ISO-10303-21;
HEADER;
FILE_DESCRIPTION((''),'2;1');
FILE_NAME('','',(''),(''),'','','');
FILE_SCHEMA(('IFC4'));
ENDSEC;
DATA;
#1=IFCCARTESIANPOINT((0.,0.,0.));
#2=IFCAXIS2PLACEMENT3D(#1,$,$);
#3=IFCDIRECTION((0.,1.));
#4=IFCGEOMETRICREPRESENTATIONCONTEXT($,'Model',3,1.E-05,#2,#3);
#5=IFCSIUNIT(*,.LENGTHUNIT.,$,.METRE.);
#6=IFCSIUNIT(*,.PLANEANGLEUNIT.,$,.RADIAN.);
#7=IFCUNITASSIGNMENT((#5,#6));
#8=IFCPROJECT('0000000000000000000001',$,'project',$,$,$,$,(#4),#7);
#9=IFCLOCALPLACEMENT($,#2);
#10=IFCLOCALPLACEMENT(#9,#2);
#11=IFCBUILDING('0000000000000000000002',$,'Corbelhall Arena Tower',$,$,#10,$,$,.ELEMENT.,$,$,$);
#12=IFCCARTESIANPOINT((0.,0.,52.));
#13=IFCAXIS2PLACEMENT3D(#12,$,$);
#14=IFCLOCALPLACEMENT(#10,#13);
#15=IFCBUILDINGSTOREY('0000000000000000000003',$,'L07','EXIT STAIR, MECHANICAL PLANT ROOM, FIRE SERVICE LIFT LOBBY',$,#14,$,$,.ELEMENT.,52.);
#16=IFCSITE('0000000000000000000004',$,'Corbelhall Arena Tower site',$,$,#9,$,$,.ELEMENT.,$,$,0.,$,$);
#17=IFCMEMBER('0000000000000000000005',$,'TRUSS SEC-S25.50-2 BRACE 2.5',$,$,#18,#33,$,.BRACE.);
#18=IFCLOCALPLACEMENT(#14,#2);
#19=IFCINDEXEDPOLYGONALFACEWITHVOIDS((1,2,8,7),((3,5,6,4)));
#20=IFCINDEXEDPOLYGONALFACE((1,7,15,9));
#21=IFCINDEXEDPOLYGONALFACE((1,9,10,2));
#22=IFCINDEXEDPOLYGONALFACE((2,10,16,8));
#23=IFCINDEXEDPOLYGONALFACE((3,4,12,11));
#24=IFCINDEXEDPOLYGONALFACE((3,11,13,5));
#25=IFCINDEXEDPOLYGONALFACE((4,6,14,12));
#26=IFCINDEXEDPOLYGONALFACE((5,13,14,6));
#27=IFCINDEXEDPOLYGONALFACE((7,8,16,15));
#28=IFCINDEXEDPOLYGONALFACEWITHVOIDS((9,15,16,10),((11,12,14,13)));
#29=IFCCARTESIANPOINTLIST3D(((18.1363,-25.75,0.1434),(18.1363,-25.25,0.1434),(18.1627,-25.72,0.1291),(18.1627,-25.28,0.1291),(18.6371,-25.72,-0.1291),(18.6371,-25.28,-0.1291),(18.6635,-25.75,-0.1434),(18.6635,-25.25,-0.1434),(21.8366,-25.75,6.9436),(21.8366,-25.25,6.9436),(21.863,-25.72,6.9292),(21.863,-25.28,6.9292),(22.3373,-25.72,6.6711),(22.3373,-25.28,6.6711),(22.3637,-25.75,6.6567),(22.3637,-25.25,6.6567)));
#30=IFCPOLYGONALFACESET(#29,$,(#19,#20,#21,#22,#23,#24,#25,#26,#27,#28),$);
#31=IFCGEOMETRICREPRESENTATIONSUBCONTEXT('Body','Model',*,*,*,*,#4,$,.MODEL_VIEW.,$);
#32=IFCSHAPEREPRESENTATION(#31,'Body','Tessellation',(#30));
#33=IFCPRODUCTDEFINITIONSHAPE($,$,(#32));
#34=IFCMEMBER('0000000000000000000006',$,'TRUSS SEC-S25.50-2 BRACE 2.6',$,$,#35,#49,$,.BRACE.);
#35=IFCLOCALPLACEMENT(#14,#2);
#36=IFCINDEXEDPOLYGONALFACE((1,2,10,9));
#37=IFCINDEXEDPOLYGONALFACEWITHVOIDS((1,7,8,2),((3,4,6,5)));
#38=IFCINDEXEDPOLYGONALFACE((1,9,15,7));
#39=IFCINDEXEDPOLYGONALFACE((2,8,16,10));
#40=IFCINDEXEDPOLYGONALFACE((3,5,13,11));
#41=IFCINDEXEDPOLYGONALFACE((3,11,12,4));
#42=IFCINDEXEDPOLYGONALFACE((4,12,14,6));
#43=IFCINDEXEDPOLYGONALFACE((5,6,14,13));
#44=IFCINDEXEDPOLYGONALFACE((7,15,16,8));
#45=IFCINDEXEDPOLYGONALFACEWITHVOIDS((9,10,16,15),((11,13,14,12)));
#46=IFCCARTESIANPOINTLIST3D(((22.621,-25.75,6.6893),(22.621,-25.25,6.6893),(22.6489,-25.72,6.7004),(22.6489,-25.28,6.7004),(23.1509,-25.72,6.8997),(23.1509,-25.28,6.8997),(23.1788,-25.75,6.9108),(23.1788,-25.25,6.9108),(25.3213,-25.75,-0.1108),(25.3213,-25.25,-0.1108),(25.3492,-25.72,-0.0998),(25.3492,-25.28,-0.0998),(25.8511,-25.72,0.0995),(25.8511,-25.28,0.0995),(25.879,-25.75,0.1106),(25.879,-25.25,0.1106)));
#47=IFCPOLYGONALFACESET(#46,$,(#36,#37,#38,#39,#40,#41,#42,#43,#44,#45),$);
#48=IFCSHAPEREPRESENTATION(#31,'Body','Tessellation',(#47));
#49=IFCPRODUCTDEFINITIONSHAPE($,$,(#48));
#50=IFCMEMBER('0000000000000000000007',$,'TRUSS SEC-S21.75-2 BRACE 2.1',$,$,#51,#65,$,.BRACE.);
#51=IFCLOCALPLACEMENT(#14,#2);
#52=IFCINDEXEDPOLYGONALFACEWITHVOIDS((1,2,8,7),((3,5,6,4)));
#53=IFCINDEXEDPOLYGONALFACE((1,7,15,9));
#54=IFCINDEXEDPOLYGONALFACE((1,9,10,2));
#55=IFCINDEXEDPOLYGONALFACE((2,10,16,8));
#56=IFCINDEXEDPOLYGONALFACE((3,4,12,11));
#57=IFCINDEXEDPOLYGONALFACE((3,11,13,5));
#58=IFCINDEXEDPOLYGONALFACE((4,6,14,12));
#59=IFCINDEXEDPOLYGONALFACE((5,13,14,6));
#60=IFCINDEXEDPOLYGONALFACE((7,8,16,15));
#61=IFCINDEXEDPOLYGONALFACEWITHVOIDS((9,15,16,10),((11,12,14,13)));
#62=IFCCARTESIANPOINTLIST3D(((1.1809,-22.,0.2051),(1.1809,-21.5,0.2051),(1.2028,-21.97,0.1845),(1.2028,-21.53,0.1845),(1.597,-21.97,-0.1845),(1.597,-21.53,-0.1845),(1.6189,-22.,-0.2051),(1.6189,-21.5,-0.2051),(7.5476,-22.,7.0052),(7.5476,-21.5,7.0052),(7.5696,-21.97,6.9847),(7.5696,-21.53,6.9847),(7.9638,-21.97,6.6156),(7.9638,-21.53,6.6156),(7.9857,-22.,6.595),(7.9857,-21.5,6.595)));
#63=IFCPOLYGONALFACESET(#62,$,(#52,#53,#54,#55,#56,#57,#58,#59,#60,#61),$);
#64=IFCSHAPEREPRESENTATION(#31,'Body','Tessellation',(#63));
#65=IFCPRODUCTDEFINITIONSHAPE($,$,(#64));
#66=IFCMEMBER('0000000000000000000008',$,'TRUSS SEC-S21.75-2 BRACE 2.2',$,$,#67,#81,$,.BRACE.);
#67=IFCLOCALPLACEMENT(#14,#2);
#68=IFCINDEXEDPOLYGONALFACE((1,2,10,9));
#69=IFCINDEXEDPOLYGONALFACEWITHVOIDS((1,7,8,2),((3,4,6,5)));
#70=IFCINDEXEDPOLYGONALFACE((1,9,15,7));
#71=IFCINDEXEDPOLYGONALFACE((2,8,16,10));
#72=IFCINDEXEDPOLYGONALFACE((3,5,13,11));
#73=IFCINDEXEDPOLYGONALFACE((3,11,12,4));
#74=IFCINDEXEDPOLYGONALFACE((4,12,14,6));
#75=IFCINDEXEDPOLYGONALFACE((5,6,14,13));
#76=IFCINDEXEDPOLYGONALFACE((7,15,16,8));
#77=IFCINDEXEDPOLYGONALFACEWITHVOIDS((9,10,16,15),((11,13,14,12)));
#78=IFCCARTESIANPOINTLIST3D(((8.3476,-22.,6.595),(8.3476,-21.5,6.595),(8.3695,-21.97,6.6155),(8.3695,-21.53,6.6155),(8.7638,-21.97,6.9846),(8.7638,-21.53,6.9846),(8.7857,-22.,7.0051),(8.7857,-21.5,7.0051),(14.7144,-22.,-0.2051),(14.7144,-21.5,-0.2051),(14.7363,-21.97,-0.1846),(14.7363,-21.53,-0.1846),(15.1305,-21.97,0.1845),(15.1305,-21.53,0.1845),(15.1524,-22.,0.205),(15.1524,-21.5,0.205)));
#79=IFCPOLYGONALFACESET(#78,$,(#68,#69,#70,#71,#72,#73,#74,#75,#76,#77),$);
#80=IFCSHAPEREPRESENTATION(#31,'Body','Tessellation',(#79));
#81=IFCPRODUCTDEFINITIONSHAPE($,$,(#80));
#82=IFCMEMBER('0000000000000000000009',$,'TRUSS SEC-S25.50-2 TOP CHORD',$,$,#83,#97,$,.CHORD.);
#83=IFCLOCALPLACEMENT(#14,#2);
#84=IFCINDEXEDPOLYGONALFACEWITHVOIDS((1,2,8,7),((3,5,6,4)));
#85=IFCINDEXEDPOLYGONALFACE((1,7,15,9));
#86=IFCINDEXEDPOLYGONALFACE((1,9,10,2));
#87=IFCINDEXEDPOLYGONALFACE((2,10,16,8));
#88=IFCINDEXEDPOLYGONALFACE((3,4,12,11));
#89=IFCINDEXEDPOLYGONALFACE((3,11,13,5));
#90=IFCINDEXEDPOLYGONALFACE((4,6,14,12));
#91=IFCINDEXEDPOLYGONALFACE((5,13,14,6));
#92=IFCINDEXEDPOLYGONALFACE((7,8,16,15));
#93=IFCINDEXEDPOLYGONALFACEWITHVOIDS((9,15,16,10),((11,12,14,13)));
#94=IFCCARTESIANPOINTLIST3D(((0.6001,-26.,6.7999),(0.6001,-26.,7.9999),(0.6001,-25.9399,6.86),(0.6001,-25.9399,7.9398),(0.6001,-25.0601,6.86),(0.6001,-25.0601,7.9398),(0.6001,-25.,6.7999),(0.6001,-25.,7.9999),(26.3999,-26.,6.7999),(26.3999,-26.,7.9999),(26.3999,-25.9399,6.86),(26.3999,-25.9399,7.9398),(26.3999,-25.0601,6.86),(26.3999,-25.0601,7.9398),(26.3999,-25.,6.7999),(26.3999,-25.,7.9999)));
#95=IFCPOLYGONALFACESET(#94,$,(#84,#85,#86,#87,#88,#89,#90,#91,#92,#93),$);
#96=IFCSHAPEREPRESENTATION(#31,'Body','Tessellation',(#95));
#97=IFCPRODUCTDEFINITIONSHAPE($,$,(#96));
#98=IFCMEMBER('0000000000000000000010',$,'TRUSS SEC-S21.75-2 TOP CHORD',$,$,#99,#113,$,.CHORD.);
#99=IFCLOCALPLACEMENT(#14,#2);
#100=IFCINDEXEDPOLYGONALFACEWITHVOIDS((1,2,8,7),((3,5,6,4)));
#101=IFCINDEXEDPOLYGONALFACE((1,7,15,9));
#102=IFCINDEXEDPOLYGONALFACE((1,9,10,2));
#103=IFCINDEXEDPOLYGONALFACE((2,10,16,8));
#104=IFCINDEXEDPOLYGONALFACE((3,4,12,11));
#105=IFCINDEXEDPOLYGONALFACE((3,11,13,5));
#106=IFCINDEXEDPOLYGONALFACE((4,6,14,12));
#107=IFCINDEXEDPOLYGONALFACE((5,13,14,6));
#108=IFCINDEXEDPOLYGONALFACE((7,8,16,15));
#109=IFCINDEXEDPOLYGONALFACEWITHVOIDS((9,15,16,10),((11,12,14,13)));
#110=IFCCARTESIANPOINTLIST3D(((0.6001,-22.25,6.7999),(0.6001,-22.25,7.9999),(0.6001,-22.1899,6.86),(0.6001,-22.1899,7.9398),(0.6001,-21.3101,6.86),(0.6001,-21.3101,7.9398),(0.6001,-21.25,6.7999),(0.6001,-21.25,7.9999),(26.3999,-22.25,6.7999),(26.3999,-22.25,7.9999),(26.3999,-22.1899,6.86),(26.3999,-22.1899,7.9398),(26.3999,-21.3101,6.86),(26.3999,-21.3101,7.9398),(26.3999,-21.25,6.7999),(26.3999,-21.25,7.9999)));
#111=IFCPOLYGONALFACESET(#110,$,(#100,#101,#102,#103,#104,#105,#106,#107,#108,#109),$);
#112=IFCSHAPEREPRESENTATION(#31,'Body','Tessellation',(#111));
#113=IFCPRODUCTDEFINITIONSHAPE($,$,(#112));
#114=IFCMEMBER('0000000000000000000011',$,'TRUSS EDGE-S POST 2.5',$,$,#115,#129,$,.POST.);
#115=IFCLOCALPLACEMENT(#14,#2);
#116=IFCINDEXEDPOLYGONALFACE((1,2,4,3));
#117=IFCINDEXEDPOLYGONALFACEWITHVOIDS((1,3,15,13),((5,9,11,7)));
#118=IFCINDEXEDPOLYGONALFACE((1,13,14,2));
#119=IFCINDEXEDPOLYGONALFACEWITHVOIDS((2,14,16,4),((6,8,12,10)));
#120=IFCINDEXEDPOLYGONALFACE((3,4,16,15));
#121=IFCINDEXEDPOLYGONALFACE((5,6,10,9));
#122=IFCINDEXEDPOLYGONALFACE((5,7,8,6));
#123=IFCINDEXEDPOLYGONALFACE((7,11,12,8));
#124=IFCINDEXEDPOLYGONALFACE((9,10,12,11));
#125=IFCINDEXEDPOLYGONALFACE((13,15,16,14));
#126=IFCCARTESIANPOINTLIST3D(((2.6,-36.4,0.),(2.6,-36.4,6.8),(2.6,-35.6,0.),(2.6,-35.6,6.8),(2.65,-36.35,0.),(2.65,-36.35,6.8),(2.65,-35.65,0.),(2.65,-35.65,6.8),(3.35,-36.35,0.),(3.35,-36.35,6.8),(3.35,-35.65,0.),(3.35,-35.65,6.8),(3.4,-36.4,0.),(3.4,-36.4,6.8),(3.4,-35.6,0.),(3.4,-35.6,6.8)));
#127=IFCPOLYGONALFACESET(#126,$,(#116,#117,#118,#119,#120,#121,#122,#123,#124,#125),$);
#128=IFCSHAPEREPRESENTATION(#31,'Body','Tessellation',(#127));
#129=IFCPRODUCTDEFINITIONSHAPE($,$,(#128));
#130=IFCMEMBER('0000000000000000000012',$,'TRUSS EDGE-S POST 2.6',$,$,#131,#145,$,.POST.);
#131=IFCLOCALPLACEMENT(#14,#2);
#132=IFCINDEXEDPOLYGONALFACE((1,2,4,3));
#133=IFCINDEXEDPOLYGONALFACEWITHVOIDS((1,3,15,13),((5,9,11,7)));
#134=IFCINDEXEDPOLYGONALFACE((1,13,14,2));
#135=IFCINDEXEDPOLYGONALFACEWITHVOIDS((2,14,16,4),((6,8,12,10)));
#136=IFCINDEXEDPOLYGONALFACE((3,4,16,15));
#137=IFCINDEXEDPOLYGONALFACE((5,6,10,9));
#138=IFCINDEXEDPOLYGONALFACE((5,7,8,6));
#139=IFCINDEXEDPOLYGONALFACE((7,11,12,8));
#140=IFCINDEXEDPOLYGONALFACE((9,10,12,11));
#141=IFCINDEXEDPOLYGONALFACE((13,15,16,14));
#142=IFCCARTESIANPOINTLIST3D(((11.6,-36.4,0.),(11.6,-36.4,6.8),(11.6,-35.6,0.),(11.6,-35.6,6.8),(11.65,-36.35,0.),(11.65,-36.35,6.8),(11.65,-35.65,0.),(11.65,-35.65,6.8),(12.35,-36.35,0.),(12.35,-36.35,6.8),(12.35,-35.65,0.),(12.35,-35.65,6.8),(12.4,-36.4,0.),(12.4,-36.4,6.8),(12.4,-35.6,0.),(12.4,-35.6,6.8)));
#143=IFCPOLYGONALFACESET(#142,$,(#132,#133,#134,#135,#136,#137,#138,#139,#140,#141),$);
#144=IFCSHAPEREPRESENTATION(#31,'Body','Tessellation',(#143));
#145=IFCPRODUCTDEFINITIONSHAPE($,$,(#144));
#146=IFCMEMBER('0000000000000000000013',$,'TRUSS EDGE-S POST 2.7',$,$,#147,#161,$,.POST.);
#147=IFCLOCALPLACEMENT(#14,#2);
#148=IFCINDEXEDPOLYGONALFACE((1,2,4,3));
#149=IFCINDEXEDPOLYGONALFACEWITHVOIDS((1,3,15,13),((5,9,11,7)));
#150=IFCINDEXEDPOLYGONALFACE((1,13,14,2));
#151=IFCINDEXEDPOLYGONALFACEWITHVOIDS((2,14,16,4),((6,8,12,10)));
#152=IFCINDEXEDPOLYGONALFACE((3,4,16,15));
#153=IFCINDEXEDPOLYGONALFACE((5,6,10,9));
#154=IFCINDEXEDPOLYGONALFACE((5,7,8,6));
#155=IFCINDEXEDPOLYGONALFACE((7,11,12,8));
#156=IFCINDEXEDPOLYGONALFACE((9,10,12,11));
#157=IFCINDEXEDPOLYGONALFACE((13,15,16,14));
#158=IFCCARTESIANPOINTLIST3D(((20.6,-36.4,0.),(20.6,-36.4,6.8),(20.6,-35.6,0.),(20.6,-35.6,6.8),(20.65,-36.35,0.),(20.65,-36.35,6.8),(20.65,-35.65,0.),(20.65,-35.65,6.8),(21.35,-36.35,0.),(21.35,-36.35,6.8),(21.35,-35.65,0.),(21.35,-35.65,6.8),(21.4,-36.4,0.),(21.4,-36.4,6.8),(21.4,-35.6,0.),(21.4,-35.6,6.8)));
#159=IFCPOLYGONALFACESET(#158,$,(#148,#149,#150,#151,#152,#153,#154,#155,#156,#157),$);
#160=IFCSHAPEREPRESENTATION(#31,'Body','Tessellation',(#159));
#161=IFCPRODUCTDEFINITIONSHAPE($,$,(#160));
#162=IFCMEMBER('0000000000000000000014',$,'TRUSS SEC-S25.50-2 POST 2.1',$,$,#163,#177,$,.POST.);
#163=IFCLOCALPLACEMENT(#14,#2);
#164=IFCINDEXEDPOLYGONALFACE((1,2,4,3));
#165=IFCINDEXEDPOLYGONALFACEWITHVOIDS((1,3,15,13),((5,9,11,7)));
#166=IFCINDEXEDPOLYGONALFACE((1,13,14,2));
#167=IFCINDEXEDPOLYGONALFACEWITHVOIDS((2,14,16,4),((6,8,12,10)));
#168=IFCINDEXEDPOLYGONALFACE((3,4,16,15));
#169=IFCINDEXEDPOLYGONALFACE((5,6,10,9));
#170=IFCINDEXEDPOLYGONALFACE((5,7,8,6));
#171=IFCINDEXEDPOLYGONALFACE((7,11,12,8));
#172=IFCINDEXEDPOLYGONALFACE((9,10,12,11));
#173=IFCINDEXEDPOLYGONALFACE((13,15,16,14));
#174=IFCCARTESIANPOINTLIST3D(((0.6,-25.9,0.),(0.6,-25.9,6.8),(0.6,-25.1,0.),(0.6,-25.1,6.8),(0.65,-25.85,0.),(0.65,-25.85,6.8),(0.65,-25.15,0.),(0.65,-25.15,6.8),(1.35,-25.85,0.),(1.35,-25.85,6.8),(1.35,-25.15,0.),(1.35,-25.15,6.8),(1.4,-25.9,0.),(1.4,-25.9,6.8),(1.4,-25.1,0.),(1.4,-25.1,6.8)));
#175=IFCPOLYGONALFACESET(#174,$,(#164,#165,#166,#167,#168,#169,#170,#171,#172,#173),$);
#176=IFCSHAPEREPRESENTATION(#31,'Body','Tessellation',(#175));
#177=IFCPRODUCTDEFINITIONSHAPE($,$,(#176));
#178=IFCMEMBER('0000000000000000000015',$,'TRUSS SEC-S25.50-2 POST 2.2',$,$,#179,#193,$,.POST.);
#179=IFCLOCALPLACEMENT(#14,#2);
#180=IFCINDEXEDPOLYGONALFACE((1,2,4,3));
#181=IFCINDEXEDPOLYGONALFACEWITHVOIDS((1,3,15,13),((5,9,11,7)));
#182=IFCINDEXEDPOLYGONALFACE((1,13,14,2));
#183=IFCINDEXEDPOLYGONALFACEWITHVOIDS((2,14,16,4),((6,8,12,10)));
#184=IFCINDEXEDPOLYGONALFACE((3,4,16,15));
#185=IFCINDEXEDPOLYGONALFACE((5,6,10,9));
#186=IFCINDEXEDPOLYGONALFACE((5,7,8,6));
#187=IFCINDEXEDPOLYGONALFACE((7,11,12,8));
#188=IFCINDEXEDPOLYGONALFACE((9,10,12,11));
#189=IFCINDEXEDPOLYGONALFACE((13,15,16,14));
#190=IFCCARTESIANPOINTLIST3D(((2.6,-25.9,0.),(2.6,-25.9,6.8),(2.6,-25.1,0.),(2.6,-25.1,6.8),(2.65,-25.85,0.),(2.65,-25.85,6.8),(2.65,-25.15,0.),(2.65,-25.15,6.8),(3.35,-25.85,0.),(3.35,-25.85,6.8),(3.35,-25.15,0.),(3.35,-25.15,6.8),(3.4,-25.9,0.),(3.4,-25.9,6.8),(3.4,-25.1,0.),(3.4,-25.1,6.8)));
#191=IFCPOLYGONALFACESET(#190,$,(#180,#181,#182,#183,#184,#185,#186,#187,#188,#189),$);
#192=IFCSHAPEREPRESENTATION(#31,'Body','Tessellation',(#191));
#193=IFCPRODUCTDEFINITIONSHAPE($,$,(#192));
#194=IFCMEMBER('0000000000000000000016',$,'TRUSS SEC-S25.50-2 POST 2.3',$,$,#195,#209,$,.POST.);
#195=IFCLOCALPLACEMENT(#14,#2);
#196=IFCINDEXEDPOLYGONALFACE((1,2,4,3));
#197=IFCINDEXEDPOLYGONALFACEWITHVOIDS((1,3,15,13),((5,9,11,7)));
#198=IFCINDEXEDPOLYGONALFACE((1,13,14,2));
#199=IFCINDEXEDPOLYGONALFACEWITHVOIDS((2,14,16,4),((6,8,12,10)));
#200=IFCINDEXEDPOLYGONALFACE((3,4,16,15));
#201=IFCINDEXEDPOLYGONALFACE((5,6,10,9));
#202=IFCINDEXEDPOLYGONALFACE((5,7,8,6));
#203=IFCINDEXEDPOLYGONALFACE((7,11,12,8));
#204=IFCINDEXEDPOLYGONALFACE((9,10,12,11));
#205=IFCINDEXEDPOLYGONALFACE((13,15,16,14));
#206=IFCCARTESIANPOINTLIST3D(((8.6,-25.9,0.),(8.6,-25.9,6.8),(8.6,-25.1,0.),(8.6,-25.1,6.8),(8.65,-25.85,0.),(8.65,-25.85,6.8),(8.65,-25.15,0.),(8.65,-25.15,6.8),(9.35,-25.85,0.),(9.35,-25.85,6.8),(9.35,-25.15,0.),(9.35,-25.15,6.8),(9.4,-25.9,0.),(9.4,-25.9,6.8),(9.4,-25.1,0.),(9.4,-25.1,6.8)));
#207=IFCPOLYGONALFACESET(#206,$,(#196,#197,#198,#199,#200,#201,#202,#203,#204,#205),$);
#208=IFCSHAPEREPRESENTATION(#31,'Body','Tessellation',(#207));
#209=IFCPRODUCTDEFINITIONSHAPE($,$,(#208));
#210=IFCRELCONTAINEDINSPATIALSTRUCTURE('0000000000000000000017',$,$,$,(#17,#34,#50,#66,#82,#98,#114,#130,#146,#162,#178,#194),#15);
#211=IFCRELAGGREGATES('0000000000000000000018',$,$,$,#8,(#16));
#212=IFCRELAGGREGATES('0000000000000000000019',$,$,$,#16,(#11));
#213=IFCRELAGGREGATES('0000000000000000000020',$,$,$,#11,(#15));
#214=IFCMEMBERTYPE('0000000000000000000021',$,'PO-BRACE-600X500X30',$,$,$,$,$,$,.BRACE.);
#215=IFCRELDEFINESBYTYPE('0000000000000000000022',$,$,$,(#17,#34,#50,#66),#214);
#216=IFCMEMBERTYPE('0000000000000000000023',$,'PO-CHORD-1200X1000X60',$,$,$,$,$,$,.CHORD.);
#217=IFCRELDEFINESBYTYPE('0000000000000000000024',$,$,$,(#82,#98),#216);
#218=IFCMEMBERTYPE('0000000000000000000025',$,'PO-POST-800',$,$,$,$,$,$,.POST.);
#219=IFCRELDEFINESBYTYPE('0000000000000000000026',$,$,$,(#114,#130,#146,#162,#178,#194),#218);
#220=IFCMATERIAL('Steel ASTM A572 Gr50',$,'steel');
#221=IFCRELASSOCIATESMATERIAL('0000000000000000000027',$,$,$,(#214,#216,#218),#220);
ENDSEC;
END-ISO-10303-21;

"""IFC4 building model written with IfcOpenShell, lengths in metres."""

from ifc_helpers import new_model, si_unit, direction, frame, origin, origin_2d, place, context, subcontext, project, spatial, hollow_rectangle, extrude, material, material_profile, profile_set, type_object, element, save


model = new_model("IFC4")

# Units and contexts
model_context = context("Model", 3, precision=1e-05, world=origin(), true_north=direction((0.0, 1.0)))
body_context = subcontext(model_context, "Body", "Model", "MODEL_VIEW")
ifc_project = project(units=[si_unit("LENGTHUNIT", "METRE"), si_unit("PLANEANGLEUNIT", "RADIAN")], contexts=[model_context])

# Site, building, storey
site_placement = place(None, origin())
site = spatial("IfcSite", under=ifc_project, at=site_placement, Name="Corbelhall Arena Tower site", CompositionType="ELEMENT", RefElevation=0.0)
building_placement = place(site_placement, origin())
building = spatial("IfcBuilding", under=site, at=building_placement, Name="Corbelhall Arena Tower", CompositionType="ELEMENT")
storey_placement = place(building_placement, frame((0.0, 0.0, 52.0)))
storey = spatial("IfcBuildingStorey", under=building, at=storey_placement, Name="L07", Description="EXIT STAIR, MECHANICAL PLANT ROOM, FIRE SERVICE LIFT LOBBY", CompositionType="ELEMENT", Elevation=52.0)

# Members
ifc_material_1 = material(Name="Steel ASTM A572 Gr50", Category="steel")
ifc_material_profile_1 = material_profile(ifc_material_1, hollow_rectangle(XDim=0.5, YDim=0.6001, WallThickness=0.03, at=origin_2d()))
ifc_profile_set_1 = profile_set([ifc_material_profile_1], Name="Steel ASTM A572 Gr50")
member_type_1 = type_object("IfcMemberType", Name="PO-BRACE-600X500X30", PredefinedType="BRACE", material=ifc_profile_set_1)
for number, where, z_axis, x_axis, name in (
    (1, (18.3999, -25.5, 0.0), (0.477964, 0.0, 0.87838), (0.0, 1.0, 0.0), "TRUSS SEC-S25.50-2 BRACE 2.5"),
):
    element("IfcMember", number, at=place(storey_placement, frame(where, z_axis=z_axis, x_axis=x_axis)), inside=storey, type_object=member_type_1, Name=name, PredefinedType="BRACE", context=body_context, shape_type="SweptSolid", body=[
        extrude(hollow_rectangle(XDim=0.5, YDim=0.6001, WallThickness=0.03, at=origin_2d()), origin(), (0.0, 0.0, 1.0), 7.7417),
    ])
member_1_placement = place(storey_placement, frame((22.8999, -25.5, 6.8), z_axis=(0.369054, 0.0, -0.929408), x_axis=(0.0, 1.0, 0.0)))
element("IfcMember", 2, at=member_1_placement, inside=storey, type_object=member_type_1, Name="TRUSS SEC-S25.50-2 BRACE 2.6", PredefinedType="BRACE", context=body_context, shape_type="SweptSolid", body=[
    extrude(hollow_rectangle(XDim=0.5, YDim=0.6001, WallThickness=0.03, at=origin_2d()), origin(), (0.0, 0.0, 1.0), 7.3167),
])
for number, where, z_axis, x_axis, name in (
    (3, (1.3999, -21.75, 0.0), (0.683464, 0.0, 0.729984), (0.0, 1.0, 0.0), "TRUSS SEC-S21.75-2 BRACE 2.1"),
    (4, (8.5667, -21.75, 6.8), (0.683464, 0.0, -0.729984), (0.0, 1.0, 0.0), "TRUSS SEC-S21.75-2 BRACE 2.2"),
):
    element("IfcMember", number, at=place(storey_placement, frame(where, z_axis=z_axis, x_axis=x_axis)), inside=storey, type_object=member_type_1, Name=name, PredefinedType="BRACE", context=body_context, shape_type="SweptSolid", body=[
        extrude(hollow_rectangle(XDim=0.5, YDim=0.6001, WallThickness=0.03, at=origin_2d()), origin(), (0.0, 0.0, 1.0), 9.3154),
    ])
ifc_material_profile_2 = material_profile(ifc_material_1, hollow_rectangle(XDim=1.0, YDim=1.2, WallThickness=0.0601, at=origin_2d()))
ifc_profile_set_2 = profile_set([ifc_material_profile_2], Name="Steel ASTM A572 Gr50")
member_type_2 = type_object("IfcMemberType", Name="PO-CHORD-1200X1000X60", PredefinedType="CHORD", material=ifc_profile_set_2)
for number, where, z_axis, x_axis, name in (
    (5, (0.6001, -25.5, 7.3999), (1.0, 0.0, 0.0), (0.0, 1.0, 0.0), "TRUSS SEC-S25.50-2 TOP CHORD"),
    (6, (0.6001, -21.75, 7.3999), (1.0, 0.0, 0.0), (0.0, 1.0, 0.0), "TRUSS SEC-S21.75-2 TOP CHORD"),
):
    element("IfcMember", number, at=place(storey_placement, frame(where, z_axis=z_axis, x_axis=x_axis)), inside=storey, type_object=member_type_2, Name=name, PredefinedType="CHORD", context=body_context, shape_type="SweptSolid", body=[
        extrude(hollow_rectangle(XDim=1.0, YDim=1.2, WallThickness=0.0601, at=origin_2d()), origin(), (0.0, 0.0, 1.0), 25.7998),
    ])
ifc_material_profile_3 = material_profile(ifc_material_1, hollow_rectangle(XDim=0.8, YDim=0.8, WallThickness=0.05, at=origin_2d()))
ifc_profile_set_3 = profile_set([ifc_material_profile_3], Name="Steel ASTM A572 Gr50")
member_type_3 = type_object("IfcMemberType", Name="PO-POST-800", PredefinedType="POST", material=ifc_profile_set_3)
for number, where, z_axis, x_axis, name in (
    (7, (3.0, -36.0, 0.0), (0.0, 0.0, 1.0), (1.0, 0.0, 0.0), "TRUSS EDGE-S POST 2.5"),
    (8, (12.0, -36.0, 0.0), (0.0, 0.0, 1.0), (1.0, 0.0, 0.0), "TRUSS EDGE-S POST 2.6"),
    (9, (21.0, -36.0, 0.0), (0.0, 0.0, 1.0), (1.0, 0.0, 0.0), "TRUSS EDGE-S POST 2.7"),
    (10, (1.0, -25.5, 0.0), (0.0, 0.0, 1.0), (1.0, 0.0, 0.0), "TRUSS SEC-S25.50-2 POST 2.1"),
    (11, (3.0, -25.5, 0.0), (0.0, 0.0, 1.0), (1.0, 0.0, 0.0), "TRUSS SEC-S25.50-2 POST 2.2"),
    (12, (9.0, -25.5, 0.0), (0.0, 0.0, 1.0), (1.0, 0.0, 0.0), "TRUSS SEC-S25.50-2 POST 2.3"),
):
    element("IfcMember", number, at=place(storey_placement, frame(where, z_axis=z_axis, x_axis=x_axis)), inside=storey, type_object=member_type_3, Name=name, PredefinedType="POST", context=body_context, shape_type="SweptSolid", body=[
        extrude(hollow_rectangle(XDim=0.8, YDim=0.8, WallThickness=0.05, at=origin_2d()), origin(), (0.0, 0.0, 1.0), 6.8),
    ])

save(model, "model.ifc")
